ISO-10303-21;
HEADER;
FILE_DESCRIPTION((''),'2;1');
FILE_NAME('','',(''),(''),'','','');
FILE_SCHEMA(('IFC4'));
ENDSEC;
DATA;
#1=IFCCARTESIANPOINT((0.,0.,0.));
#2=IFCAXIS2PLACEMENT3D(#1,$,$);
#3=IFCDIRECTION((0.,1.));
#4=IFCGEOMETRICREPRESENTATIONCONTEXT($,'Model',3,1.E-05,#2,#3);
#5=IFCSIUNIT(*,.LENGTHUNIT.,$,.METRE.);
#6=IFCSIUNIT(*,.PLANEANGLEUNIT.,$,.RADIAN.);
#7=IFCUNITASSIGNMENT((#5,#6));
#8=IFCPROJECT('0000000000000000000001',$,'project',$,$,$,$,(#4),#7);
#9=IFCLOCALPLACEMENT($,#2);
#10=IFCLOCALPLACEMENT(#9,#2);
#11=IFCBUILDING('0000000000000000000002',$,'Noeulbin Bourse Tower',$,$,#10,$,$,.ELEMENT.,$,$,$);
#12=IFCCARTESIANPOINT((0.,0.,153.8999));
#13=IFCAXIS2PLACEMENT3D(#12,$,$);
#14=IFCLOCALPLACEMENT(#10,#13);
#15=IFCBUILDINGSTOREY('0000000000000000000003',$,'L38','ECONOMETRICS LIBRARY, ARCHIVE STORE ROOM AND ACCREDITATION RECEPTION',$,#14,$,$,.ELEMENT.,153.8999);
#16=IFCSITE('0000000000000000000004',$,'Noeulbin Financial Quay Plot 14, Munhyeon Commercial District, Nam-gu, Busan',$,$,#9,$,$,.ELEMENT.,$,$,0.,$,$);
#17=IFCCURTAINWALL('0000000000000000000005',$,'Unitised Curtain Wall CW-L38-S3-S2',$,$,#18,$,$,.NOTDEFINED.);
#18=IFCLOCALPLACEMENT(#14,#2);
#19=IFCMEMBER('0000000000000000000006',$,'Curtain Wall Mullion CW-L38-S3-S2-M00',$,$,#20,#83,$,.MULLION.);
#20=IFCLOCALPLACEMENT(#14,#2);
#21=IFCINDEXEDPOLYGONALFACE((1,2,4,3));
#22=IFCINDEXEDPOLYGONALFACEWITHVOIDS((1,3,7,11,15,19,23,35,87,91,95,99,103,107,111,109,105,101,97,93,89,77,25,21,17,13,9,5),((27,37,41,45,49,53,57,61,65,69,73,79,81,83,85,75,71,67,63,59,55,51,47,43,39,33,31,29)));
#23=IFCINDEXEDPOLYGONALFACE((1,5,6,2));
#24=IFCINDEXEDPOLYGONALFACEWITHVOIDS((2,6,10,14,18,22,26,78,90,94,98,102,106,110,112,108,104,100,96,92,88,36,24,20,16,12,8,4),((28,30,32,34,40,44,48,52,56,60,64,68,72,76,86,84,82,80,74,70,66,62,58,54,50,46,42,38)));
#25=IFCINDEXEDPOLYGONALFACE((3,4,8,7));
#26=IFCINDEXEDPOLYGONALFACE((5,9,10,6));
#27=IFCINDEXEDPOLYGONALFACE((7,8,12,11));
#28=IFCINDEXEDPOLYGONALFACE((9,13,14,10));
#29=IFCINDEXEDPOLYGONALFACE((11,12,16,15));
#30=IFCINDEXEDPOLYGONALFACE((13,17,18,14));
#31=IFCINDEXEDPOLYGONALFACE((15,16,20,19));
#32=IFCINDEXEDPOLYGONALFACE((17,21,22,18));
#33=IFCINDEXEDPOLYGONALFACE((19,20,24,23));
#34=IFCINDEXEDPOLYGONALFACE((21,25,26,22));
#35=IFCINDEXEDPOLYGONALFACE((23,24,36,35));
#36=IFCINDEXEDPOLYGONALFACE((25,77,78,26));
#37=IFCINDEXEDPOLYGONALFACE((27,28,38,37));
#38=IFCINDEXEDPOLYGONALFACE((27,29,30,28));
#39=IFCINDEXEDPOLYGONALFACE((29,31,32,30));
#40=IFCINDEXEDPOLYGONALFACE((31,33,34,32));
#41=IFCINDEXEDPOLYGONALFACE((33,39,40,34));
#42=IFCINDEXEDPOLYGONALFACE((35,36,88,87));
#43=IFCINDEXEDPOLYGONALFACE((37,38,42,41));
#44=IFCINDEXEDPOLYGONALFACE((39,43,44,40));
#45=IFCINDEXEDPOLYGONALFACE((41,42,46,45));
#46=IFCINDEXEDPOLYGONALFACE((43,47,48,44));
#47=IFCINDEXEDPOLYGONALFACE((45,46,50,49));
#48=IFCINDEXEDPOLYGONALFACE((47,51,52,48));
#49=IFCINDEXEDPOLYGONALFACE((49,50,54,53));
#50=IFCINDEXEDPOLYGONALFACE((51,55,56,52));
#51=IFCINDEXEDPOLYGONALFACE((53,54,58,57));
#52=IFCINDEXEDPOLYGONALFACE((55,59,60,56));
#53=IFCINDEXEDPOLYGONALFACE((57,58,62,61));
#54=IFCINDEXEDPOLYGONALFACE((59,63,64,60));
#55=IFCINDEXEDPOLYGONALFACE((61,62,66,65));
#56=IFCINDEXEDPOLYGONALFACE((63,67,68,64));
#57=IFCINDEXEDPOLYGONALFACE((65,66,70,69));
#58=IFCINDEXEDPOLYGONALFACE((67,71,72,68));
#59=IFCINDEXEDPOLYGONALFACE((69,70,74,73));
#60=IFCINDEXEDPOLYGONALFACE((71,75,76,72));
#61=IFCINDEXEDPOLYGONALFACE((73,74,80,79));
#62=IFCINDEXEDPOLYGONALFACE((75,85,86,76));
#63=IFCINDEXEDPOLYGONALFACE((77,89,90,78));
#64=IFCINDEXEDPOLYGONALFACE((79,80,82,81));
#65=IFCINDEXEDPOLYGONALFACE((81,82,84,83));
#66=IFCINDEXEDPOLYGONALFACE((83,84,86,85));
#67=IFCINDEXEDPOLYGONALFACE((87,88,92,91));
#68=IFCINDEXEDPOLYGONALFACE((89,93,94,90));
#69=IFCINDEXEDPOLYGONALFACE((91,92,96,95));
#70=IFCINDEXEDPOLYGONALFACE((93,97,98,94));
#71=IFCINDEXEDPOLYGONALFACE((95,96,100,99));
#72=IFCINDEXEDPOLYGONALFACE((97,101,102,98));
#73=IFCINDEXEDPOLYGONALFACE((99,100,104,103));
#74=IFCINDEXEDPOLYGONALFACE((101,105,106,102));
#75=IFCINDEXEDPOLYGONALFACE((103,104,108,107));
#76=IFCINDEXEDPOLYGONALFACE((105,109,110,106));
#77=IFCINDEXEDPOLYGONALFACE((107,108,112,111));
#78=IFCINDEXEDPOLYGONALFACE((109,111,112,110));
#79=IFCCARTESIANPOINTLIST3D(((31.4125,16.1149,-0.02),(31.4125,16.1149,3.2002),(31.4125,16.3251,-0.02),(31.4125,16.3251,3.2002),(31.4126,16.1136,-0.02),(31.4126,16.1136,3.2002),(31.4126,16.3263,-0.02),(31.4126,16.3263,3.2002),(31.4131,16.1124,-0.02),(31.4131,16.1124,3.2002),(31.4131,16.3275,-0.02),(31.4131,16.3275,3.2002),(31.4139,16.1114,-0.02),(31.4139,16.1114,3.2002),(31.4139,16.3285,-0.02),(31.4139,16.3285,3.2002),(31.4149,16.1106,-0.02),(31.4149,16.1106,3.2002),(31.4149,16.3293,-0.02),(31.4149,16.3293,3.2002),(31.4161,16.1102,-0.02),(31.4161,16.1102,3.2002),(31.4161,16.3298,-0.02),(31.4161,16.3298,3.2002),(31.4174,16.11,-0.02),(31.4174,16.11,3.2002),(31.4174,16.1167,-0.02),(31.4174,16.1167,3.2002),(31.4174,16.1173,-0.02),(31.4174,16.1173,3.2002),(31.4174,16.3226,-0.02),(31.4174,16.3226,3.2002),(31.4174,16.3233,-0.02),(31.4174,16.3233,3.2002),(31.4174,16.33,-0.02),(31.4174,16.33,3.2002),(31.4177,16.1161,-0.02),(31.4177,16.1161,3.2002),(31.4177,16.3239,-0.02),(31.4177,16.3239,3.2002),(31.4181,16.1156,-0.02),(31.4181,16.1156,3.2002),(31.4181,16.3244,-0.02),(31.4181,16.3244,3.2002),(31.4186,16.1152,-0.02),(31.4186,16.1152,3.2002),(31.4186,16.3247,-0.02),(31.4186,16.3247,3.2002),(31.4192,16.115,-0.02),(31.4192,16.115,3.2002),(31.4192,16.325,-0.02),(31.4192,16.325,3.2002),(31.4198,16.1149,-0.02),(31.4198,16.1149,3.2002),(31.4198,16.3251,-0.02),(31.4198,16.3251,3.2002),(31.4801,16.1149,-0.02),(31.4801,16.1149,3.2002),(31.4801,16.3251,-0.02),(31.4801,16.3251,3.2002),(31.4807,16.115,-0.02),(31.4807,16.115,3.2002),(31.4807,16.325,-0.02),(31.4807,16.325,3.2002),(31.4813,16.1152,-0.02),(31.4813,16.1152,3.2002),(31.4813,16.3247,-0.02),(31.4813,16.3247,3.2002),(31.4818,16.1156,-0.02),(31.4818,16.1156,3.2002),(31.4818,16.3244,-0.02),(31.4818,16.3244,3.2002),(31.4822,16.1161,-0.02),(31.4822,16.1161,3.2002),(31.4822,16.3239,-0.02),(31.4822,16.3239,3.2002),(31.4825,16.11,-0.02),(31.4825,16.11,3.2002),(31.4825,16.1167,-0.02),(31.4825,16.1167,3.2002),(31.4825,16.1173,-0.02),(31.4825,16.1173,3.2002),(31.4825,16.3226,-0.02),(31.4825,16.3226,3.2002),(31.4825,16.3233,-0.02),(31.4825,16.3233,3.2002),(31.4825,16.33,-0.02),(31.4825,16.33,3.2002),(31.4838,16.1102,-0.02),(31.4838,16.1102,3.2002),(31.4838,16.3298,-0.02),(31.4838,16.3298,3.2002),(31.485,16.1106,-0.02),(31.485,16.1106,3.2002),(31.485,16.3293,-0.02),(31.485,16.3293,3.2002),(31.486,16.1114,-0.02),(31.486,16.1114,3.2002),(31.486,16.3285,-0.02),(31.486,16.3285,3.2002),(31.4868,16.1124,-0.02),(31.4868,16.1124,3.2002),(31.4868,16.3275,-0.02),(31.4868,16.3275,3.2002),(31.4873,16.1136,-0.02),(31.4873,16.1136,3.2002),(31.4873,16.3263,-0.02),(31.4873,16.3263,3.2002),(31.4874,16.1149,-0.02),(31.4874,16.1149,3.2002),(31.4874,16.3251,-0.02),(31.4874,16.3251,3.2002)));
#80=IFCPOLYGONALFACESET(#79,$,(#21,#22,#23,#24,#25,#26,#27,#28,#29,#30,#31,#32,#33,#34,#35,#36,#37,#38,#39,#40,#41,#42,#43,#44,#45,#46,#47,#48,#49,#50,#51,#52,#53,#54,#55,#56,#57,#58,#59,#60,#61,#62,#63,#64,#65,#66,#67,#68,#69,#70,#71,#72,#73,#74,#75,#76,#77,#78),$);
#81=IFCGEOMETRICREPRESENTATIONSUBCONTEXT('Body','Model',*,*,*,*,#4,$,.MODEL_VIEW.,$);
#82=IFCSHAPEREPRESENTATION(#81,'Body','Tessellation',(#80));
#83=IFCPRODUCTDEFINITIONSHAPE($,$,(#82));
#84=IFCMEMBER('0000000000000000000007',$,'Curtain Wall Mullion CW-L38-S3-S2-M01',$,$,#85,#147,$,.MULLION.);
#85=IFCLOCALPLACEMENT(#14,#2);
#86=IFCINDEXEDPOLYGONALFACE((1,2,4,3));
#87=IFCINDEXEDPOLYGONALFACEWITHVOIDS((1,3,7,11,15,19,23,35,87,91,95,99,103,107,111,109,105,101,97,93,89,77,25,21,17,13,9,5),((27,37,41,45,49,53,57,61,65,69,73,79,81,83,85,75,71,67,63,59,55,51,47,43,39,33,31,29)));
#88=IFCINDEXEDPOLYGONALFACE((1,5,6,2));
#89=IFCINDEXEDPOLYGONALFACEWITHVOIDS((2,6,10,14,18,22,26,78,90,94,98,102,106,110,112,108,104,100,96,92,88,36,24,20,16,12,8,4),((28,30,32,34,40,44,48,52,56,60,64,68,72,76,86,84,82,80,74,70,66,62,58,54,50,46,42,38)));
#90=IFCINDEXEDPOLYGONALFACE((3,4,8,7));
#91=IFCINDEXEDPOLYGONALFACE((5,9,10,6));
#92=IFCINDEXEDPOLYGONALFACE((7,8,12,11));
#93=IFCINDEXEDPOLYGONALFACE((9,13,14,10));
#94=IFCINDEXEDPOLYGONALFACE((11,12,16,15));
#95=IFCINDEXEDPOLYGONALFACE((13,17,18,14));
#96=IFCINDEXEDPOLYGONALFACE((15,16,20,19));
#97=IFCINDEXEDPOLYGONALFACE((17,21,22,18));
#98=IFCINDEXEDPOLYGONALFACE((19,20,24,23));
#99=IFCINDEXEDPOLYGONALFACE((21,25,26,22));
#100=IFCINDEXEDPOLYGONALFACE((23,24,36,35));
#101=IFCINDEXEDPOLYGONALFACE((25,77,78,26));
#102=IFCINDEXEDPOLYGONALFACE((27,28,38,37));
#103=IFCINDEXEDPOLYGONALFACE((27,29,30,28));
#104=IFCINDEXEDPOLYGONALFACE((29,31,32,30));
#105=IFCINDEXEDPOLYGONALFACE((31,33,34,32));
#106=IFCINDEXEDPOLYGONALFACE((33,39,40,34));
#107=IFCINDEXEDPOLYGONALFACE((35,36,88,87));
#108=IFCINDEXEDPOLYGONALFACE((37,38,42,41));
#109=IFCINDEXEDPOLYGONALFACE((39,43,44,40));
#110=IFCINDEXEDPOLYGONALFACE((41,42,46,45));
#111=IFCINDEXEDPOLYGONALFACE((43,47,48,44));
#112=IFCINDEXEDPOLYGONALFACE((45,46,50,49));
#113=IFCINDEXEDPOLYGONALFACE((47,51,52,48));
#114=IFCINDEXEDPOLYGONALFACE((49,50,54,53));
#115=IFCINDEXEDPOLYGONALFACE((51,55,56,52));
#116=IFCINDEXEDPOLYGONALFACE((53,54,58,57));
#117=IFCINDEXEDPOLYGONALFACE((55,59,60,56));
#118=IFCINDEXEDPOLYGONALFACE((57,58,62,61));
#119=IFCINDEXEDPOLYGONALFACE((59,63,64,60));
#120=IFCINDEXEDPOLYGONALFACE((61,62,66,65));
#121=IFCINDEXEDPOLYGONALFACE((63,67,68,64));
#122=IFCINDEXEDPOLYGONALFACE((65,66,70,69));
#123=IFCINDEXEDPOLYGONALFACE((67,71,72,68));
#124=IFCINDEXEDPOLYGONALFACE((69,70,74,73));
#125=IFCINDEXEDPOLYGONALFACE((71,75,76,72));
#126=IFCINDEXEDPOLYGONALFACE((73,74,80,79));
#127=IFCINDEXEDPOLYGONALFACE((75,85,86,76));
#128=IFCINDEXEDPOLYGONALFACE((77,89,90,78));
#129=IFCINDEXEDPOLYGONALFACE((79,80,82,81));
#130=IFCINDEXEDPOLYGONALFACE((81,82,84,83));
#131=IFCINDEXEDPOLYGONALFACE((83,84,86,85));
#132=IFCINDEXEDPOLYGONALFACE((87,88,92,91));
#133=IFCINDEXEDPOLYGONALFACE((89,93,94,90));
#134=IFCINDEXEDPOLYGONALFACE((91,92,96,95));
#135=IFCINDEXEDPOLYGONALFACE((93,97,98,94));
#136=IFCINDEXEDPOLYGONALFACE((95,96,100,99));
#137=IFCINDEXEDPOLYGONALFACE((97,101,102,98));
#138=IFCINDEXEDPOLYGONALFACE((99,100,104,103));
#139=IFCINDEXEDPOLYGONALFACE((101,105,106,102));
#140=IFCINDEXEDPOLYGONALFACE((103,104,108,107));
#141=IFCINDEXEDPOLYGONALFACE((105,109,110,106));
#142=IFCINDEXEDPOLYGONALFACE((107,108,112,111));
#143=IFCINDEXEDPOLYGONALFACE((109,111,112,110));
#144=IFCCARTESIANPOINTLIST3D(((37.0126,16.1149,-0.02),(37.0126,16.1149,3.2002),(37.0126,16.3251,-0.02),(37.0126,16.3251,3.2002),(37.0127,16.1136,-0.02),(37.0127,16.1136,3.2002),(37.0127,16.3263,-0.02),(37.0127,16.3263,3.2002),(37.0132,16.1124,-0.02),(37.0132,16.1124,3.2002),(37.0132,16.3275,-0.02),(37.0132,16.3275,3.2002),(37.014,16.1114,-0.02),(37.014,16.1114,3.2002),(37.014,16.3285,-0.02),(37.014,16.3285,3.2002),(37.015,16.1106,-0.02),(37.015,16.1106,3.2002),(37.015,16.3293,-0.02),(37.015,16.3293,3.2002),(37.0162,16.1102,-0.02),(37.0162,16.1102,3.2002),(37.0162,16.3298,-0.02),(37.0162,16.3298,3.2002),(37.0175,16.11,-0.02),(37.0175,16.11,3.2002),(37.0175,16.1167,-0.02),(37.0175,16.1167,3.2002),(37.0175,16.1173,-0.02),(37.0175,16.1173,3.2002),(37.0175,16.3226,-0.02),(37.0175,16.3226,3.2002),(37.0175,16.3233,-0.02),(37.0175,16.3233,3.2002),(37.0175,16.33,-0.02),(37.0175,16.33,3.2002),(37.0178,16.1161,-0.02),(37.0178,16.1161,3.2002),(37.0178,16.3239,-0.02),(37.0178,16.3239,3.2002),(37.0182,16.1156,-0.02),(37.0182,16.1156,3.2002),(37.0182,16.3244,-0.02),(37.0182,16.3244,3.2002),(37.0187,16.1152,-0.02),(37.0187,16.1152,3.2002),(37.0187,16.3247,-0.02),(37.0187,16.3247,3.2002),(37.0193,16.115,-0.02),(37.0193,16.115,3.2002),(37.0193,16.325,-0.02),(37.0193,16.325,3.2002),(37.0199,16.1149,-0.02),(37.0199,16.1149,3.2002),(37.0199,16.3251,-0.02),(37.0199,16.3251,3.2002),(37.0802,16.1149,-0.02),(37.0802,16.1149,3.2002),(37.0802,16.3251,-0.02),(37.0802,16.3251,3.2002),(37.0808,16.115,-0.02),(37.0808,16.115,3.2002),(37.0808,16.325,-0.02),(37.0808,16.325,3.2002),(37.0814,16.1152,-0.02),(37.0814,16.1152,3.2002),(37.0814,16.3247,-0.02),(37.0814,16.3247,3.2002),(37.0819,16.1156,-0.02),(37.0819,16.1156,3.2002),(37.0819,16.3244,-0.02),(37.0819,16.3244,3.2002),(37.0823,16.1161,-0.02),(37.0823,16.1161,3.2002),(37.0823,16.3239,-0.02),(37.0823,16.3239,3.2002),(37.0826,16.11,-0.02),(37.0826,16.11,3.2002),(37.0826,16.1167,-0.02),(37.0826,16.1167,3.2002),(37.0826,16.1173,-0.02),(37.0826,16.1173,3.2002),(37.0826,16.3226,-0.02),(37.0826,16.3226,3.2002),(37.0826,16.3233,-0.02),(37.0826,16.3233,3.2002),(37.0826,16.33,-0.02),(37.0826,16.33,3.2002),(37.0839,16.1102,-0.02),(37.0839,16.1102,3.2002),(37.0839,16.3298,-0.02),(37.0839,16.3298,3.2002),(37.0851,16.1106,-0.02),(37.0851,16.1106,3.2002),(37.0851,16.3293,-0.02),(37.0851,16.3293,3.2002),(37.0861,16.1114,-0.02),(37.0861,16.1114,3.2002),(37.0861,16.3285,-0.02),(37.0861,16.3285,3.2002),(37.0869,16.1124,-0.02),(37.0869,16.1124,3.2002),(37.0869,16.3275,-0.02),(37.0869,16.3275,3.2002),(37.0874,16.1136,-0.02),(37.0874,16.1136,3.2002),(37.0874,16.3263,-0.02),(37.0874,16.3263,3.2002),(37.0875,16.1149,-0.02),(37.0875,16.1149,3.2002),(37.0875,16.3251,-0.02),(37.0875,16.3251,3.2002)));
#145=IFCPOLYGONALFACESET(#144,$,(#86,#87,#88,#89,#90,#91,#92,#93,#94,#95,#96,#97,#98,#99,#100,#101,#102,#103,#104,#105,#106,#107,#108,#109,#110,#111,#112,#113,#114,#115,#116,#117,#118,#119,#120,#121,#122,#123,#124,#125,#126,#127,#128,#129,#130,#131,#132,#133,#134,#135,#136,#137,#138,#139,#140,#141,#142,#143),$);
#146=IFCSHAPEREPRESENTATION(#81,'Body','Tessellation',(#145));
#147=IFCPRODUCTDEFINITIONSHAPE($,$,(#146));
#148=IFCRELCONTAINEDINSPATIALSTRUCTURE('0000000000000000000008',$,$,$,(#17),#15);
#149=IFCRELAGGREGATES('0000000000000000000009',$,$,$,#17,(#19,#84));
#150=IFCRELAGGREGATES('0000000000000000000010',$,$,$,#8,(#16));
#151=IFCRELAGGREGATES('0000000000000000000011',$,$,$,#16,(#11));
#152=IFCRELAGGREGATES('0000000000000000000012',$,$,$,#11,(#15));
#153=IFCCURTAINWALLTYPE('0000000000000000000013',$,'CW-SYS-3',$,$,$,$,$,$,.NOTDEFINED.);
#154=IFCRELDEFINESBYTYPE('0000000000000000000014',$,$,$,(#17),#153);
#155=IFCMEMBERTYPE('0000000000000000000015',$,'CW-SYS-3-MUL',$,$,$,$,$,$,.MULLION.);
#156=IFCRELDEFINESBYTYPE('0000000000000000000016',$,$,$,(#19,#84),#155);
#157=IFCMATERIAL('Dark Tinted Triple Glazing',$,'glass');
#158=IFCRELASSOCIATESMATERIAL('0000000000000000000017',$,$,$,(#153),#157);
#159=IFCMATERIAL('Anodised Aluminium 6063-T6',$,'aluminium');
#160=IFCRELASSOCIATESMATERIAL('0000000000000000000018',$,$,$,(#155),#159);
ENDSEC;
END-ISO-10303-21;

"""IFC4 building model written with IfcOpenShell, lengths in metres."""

from ifc_helpers import new_model, si_unit, direction, frame, origin, origin_2d, place, context, subcontext, project, spatial, hollow_rectangle, extrude, material, material_profile, profile_set, type_object, element, aggregate, save


model = new_model("IFC4")

# Units and contexts
model_context = context("Model", 3, precision=1e-05, world=origin(), true_north=direction((0.0, 1.0)))
body_context = subcontext(model_context, "Body", "Model", "MODEL_VIEW")
ifc_project = project(units=[si_unit("LENGTHUNIT", "METRE"), si_unit("PLANEANGLEUNIT", "RADIAN")], contexts=[model_context])

# Site, building, storey
site_placement = place(None, origin())
site = spatial("IfcSite", under=ifc_project, at=site_placement, Name="Noeulbin Financial Quay Plot 14, Munhyeon Commercial District, Nam-gu, Busan", CompositionType="ELEMENT", RefElevation=0.0)
building_placement = place(site_placement, origin())
building = spatial("IfcBuilding", under=site, at=building_placement, Name="Noeulbin Bourse Tower", CompositionType="ELEMENT")
storey_placement = place(building_placement, frame((0.0, 0.0, 153.8999)))
storey = spatial("IfcBuildingStorey", under=building, at=storey_placement, Name="L38", Description="ECONOMETRICS LIBRARY, ARCHIVE STORE ROOM AND ACCREDITATION RECEPTION", CompositionType="ELEMENT", Elevation=153.8999)

# Curtain wall, members
ifc_material_1 = material(Name="Dark Tinted Triple Glazing", Category="glass")
curtain_wall_type = type_object("IfcCurtainWallType", Name="CW-SYS-3", PredefinedType="NOTDEFINED", material=ifc_material_1)
ifc_material_2 = material(Name="Anodised Aluminium 6063-T6", Category="aluminium")
ifc_material_profile_1 = material_profile(ifc_material_2, hollow_rectangle(XDim=0.075, YDim=0.22, WallThickness=0.0049, InnerFilletRadius=0.0024, OuterFilletRadius=0.0049, at=origin_2d()), Name="ALU-MULL-75x220x5", Category="LoadBearing")
ifc_profile_set_1 = profile_set([ifc_material_profile_1], Name="Anodised Aluminium 6063-T6")
member_type_1 = type_object("IfcMemberType", Name="CW-SYS-3-MUL", PredefinedType="MULLION", material=ifc_profile_set_1)
curtain_wall_1_placement = place(storey_placement, origin())
curtain_wall_1 = element("IfcCurtainWall", 1, at=curtain_wall_1_placement, inside=storey, type_object=curtain_wall_type, Name="Unitised Curtain Wall CW-L38-S3-S2", PredefinedType="NOTDEFINED")
member_1_placement = place(storey_placement, frame((31.45, 16.22, -0.02), z_axis=(0.0, 0.0, 1.0), x_axis=(1.0, 0.0, 0.0)))
member_1 = element("IfcMember", 2, at=member_1_placement, type_object=member_type_1, Name="Curtain Wall Mullion CW-L38-S3-S2-M00", PredefinedType="MULLION", context=body_context, shape_type="SweptSolid", body=[
    extrude(hollow_rectangle(XDim=0.075, YDim=0.22, WallThickness=0.0049, InnerFilletRadius=0.0024, OuterFilletRadius=0.0049, at=origin_2d()), origin(), (0.0, 0.0, 1.0), 3.2202),
])
member_2_placement = place(storey_placement, frame((37.05, 16.22, -0.02), z_axis=(0.0, 0.0, 1.0), x_axis=(1.0, 0.0, 0.0)))
member_2 = element("IfcMember", 3, at=member_2_placement, type_object=member_type_1, Name="Curtain Wall Mullion CW-L38-S3-S2-M01", PredefinedType="MULLION", context=body_context, shape_type="SweptSolid", body=[
    extrude(hollow_rectangle(XDim=0.075, YDim=0.22, WallThickness=0.0049, InnerFilletRadius=0.0024, OuterFilletRadius=0.0049, at=origin_2d()), origin(), (0.0, 0.0, 1.0), 3.2202),
])

aggregate(curtain_wall_1, [member_1, member_2])

save(model, "model.ifc")
